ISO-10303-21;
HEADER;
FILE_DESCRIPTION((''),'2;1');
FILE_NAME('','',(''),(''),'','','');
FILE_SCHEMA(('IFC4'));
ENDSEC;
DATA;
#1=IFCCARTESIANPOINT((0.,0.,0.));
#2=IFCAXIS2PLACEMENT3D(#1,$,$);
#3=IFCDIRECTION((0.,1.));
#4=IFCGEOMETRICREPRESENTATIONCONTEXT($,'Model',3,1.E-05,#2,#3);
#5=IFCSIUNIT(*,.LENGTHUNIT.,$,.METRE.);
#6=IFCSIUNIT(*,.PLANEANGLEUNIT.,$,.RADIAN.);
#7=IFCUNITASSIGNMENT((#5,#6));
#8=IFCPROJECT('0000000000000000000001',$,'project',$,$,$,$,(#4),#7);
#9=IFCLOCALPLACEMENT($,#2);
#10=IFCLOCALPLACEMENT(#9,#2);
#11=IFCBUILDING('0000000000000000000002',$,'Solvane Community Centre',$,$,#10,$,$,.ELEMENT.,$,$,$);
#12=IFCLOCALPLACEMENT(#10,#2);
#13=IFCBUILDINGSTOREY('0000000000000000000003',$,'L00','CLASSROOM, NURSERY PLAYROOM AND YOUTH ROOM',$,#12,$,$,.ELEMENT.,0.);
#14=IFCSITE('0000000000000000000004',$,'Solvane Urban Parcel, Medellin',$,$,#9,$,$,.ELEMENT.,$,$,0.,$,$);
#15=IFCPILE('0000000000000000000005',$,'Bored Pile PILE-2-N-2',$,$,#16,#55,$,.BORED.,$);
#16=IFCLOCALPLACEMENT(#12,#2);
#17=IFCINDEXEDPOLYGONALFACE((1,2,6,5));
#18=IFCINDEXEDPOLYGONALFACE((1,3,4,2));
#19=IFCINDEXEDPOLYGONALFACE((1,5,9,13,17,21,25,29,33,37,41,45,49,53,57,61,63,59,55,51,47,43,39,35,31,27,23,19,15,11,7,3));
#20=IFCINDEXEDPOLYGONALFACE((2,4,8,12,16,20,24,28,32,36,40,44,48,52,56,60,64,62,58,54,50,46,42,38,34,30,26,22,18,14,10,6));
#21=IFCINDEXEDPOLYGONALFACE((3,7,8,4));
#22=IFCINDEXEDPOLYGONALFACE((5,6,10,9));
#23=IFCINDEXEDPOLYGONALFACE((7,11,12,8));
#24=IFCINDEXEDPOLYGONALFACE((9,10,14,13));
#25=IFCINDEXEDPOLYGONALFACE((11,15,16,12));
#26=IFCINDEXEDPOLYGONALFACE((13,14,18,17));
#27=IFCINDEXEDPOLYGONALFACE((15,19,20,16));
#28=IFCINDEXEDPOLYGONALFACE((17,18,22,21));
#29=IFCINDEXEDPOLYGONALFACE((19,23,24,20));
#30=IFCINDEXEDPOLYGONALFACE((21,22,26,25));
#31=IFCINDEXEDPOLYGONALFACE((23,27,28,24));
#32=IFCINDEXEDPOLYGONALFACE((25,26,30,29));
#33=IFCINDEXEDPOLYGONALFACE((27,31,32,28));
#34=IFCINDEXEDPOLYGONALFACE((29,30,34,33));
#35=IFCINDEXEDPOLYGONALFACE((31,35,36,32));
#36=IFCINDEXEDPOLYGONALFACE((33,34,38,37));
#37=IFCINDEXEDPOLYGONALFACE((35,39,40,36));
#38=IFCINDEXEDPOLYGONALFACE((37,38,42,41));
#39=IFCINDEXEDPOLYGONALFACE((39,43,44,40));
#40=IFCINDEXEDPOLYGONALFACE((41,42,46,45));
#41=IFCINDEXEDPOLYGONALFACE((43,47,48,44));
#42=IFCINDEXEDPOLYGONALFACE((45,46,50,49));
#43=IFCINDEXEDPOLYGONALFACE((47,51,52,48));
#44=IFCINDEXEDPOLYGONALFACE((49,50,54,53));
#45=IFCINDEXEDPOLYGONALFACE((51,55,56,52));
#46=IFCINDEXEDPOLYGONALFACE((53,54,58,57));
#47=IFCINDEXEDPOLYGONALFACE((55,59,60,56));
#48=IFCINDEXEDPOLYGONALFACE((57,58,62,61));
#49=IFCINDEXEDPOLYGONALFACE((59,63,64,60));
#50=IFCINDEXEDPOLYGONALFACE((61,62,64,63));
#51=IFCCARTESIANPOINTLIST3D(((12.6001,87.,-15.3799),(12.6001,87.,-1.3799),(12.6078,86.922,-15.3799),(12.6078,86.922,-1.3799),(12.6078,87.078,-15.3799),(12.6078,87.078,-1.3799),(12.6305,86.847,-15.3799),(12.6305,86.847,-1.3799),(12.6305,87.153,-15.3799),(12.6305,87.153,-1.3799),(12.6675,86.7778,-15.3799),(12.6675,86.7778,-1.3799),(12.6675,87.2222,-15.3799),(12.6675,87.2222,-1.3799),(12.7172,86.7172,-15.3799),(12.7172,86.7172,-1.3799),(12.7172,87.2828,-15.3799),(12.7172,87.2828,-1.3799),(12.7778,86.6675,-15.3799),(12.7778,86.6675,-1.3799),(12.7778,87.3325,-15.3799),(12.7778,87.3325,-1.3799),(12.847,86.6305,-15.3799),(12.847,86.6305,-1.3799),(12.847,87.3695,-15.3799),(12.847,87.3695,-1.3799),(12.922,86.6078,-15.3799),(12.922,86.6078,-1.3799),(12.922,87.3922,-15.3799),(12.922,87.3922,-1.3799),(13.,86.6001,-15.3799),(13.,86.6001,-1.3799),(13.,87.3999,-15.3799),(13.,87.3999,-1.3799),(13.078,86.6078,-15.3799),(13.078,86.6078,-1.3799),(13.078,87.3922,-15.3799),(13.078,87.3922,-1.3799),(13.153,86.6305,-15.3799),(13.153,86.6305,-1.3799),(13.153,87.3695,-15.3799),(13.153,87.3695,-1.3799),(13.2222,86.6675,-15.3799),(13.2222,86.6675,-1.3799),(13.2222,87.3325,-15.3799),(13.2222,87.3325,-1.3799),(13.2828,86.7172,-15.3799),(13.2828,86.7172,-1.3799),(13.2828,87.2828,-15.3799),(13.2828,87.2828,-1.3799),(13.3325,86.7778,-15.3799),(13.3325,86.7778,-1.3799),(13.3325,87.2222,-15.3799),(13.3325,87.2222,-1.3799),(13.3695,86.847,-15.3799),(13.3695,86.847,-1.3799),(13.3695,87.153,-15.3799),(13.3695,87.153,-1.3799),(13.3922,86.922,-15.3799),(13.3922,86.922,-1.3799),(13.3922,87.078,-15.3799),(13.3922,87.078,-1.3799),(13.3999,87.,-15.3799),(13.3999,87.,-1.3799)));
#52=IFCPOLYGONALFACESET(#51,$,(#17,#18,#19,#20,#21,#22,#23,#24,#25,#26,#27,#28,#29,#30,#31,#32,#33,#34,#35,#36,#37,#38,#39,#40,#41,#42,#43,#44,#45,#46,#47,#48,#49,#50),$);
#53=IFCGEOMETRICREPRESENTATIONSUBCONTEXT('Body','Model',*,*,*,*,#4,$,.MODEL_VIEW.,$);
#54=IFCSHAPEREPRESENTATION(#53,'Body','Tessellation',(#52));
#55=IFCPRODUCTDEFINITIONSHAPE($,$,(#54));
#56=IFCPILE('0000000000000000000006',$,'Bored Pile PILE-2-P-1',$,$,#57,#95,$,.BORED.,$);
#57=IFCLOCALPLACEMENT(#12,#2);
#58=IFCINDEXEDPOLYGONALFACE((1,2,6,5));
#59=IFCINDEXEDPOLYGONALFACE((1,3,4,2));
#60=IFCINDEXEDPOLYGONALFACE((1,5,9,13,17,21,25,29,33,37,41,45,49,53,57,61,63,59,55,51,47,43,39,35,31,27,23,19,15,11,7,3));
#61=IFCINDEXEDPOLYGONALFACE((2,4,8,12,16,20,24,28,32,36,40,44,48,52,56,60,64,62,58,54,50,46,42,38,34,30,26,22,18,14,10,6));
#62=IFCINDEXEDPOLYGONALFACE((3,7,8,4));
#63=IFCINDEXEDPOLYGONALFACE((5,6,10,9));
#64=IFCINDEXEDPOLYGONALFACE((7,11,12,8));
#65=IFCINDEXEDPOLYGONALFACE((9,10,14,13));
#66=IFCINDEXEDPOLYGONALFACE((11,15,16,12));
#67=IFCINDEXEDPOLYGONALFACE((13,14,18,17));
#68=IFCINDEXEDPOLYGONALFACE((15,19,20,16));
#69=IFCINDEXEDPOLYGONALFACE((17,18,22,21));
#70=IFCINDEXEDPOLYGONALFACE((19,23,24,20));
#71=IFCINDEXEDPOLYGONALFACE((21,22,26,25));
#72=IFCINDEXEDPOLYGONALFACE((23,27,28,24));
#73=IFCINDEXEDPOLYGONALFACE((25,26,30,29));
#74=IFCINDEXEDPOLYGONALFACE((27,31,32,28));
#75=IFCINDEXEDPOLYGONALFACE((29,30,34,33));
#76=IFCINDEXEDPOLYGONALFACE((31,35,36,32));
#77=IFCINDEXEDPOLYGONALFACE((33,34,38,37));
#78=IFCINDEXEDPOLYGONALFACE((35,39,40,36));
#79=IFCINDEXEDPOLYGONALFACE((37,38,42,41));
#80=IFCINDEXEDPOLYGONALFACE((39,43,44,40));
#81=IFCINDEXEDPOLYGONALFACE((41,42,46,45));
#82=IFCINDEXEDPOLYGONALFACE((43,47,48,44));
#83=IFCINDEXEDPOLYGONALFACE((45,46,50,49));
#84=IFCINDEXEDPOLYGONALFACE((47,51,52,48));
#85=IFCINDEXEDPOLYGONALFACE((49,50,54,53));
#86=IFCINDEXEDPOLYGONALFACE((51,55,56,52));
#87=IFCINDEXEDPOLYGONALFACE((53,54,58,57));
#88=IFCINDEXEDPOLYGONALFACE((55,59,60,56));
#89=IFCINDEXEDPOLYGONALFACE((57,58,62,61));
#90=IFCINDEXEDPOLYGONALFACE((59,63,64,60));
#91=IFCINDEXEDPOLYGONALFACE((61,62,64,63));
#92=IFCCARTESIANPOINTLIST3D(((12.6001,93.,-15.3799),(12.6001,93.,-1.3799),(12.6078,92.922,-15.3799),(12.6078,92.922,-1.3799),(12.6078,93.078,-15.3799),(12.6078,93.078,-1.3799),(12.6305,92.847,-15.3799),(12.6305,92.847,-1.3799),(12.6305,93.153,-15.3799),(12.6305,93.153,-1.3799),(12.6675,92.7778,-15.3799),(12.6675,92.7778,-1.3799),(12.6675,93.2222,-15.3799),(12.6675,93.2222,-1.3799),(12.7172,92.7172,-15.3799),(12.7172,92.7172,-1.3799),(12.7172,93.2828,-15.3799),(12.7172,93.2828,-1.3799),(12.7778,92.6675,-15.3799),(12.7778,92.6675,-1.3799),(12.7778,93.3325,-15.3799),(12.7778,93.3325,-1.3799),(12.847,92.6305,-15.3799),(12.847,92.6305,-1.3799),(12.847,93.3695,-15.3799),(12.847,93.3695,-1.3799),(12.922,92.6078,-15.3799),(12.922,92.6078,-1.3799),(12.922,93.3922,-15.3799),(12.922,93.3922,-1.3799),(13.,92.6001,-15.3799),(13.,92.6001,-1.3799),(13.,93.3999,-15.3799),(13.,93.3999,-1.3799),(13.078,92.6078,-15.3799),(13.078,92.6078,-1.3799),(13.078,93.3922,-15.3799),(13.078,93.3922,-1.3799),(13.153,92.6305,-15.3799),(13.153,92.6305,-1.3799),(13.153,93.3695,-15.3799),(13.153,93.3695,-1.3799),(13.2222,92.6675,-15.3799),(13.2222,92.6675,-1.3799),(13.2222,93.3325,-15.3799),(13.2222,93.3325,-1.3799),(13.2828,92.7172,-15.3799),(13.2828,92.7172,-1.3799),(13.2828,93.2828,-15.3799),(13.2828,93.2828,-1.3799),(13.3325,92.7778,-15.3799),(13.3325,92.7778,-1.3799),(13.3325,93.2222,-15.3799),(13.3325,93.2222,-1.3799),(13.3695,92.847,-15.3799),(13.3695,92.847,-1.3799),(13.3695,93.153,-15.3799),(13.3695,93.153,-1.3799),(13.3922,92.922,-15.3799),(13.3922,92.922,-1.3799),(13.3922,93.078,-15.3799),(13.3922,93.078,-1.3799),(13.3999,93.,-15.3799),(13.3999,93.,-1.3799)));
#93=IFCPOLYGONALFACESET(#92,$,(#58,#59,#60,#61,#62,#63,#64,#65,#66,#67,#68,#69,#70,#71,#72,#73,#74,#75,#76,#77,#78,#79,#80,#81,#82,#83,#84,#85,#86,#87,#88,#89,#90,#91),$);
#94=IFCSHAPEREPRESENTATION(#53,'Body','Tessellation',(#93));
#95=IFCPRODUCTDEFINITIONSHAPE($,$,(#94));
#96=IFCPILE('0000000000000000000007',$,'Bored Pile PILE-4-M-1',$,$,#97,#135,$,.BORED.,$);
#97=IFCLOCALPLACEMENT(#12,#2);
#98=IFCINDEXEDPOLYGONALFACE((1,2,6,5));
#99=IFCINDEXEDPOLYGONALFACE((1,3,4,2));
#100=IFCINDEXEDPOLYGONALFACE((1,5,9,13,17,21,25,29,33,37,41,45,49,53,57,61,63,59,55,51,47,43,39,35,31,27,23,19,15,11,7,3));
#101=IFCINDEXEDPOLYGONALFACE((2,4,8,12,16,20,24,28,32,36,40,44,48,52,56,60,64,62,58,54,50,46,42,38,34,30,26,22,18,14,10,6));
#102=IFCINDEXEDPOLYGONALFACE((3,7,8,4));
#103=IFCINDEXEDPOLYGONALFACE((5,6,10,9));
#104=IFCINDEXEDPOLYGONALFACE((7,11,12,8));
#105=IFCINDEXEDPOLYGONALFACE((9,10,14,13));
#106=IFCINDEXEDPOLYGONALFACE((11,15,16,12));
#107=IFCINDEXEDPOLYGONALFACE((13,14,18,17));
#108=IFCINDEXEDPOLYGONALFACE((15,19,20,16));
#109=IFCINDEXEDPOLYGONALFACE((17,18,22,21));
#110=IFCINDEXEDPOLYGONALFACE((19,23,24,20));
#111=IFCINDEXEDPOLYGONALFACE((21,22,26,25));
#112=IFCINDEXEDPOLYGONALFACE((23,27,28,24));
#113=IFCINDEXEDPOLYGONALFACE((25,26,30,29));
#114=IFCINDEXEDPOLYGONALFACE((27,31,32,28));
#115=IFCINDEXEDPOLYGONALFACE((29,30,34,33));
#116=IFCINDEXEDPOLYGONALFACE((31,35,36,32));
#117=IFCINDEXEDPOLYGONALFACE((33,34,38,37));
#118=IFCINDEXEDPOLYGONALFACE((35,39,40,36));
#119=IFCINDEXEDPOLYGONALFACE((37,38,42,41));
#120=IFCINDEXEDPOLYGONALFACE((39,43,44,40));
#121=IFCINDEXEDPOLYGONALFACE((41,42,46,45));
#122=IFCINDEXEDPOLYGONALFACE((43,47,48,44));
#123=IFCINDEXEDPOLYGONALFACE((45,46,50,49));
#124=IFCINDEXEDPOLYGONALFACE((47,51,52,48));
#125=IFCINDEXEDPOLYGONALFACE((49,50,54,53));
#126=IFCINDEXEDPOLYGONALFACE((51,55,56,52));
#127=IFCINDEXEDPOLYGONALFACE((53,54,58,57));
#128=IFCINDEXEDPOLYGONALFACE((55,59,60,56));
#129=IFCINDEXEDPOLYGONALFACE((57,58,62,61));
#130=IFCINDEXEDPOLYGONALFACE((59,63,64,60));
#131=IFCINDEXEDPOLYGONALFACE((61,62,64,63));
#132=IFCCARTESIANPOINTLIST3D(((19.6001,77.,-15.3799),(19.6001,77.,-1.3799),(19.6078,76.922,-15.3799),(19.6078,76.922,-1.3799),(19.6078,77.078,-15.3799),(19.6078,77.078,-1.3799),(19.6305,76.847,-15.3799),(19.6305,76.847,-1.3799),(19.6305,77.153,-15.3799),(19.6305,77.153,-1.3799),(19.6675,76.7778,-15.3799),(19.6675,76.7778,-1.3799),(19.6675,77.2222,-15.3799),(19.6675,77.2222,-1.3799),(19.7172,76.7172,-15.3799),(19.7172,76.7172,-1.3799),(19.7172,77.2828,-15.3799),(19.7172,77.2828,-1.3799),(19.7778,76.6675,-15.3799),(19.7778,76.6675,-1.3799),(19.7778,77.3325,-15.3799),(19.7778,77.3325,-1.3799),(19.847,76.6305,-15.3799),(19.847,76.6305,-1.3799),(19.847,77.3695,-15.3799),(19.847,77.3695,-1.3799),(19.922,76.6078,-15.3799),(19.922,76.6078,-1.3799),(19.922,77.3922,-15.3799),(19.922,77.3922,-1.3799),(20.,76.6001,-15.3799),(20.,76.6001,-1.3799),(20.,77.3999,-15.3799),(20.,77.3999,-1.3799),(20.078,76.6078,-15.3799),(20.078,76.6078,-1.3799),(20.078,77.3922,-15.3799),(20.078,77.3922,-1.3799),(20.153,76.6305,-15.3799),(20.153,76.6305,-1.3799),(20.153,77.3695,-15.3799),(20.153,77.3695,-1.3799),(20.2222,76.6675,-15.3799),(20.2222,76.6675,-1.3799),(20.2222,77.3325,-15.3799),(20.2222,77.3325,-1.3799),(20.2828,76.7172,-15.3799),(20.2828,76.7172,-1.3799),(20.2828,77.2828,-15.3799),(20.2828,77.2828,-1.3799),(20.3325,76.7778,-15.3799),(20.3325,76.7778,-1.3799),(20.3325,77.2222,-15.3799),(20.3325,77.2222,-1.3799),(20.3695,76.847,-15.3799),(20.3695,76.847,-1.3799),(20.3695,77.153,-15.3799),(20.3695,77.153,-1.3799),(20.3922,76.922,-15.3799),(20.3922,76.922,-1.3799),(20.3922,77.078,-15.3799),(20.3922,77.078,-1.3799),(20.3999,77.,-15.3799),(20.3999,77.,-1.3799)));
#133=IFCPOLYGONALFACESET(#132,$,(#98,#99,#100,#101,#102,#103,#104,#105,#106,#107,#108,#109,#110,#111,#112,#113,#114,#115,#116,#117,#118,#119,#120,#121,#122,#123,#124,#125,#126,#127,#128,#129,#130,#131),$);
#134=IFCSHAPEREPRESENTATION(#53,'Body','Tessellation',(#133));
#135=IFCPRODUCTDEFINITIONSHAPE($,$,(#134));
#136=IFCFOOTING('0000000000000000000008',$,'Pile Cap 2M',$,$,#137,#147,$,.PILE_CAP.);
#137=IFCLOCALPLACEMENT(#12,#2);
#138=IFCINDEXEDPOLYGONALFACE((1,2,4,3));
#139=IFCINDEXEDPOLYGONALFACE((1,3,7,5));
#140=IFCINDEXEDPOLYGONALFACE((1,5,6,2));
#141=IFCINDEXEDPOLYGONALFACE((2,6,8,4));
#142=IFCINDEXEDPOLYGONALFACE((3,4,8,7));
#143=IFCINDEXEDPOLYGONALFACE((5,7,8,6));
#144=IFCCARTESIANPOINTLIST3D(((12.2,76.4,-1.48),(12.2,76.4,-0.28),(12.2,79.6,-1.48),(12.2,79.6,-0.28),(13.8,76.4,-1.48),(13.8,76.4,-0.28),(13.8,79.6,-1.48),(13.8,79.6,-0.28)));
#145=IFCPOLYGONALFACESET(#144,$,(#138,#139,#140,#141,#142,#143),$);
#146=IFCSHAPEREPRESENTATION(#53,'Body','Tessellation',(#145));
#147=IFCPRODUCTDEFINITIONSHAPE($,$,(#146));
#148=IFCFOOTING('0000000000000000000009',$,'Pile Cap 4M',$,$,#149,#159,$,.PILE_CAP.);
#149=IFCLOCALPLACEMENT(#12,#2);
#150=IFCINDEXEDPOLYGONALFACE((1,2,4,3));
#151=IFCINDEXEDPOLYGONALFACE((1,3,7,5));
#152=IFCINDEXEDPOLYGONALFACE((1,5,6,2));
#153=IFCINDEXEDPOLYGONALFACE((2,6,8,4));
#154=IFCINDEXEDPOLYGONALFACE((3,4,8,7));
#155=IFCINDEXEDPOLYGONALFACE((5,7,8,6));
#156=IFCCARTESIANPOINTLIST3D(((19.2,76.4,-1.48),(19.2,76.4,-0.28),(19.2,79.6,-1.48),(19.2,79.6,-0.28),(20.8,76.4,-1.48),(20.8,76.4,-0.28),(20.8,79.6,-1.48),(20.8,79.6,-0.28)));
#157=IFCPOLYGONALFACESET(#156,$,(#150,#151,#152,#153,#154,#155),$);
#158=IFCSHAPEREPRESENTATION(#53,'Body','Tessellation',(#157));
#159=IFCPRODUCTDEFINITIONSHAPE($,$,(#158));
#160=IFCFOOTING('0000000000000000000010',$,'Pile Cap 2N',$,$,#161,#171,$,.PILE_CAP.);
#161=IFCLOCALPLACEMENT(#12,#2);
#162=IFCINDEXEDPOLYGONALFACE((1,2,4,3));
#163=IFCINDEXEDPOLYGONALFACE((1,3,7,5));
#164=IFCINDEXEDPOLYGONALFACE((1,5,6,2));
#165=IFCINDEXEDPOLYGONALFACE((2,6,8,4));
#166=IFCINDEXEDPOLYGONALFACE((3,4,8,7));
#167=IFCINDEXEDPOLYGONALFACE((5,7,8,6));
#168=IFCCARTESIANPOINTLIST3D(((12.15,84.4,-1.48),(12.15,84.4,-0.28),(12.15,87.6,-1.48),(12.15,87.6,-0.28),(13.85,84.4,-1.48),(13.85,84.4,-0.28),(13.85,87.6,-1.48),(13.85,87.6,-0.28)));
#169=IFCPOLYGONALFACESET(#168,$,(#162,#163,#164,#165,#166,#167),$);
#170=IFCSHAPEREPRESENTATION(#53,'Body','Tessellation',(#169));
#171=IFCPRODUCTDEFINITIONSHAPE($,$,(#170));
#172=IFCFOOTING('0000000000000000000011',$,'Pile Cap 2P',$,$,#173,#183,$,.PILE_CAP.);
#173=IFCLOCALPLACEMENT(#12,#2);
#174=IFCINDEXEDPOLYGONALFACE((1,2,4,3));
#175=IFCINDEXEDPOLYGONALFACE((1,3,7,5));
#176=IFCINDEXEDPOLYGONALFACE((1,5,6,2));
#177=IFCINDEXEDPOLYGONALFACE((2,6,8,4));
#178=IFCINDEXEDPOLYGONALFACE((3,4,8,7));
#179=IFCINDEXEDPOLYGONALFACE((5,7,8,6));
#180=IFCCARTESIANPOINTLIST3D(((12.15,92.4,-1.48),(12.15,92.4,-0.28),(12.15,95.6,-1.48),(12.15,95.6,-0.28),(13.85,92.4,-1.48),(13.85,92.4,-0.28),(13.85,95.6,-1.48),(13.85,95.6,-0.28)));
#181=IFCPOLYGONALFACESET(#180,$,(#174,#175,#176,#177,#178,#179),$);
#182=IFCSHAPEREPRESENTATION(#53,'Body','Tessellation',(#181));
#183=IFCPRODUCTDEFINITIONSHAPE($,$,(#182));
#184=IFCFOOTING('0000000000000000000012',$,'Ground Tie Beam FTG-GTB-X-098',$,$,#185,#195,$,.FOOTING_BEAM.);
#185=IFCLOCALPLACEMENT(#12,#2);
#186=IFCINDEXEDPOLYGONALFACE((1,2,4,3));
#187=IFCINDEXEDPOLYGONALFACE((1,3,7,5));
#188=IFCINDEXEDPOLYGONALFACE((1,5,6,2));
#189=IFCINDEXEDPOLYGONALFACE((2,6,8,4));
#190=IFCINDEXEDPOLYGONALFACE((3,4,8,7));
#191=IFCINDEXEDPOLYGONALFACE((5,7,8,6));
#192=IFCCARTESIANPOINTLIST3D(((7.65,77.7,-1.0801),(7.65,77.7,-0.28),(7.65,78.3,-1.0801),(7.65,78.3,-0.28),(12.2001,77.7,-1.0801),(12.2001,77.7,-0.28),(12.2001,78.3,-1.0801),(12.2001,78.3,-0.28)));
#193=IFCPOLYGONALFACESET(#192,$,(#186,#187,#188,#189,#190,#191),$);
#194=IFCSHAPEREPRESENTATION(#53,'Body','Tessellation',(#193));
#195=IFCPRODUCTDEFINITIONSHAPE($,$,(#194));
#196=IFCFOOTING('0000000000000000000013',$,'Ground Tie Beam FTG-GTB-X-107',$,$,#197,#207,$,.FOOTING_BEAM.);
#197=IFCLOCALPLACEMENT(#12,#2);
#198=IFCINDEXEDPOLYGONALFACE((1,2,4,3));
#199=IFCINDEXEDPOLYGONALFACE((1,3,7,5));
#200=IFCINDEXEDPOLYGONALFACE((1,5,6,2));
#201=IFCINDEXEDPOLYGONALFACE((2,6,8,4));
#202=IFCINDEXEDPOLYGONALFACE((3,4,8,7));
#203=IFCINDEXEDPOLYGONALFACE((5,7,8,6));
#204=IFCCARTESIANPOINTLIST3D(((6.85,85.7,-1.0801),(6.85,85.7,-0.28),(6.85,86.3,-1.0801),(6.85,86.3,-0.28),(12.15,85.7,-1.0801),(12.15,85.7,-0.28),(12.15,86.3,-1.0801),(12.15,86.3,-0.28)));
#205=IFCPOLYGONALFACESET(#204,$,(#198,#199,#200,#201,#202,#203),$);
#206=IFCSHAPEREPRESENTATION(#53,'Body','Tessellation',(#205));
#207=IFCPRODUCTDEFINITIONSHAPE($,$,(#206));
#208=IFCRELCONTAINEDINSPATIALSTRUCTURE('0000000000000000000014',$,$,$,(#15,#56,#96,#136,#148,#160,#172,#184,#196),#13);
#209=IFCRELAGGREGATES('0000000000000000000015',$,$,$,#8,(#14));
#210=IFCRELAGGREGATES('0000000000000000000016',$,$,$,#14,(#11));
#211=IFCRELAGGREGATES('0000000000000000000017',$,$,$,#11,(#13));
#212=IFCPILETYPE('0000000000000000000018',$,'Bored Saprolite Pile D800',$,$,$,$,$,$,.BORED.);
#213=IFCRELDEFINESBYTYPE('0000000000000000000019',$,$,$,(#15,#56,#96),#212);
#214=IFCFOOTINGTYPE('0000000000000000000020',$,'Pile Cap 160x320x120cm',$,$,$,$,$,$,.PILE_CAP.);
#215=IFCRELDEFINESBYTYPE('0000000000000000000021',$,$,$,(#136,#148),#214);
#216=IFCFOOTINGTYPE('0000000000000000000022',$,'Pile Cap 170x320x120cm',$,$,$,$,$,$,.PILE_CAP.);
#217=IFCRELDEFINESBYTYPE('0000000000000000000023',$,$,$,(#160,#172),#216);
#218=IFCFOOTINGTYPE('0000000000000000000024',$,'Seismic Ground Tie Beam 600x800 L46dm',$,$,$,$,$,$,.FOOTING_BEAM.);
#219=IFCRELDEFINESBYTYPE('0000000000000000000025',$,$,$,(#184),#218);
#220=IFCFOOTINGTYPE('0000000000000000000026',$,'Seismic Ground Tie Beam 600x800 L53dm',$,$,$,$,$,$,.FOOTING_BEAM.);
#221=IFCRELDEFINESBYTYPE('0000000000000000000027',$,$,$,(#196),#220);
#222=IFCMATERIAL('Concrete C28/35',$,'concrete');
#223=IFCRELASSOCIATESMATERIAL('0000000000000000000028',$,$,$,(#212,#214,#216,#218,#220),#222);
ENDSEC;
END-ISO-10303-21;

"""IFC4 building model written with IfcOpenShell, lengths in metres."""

from ifc_helpers import new_model, si_unit, direction, frame, origin, origin_2d, place, context, subcontext, project, spatial, rectangle, circle, extrude, material, material_profile, profile_set, type_object, element, save


model = new_model("IFC4")

# Units and contexts
model_context = context("Model", 3, precision=1e-05, world=origin(), true_north=direction((0.0, 1.0)))
body_context = subcontext(model_context, "Body", "Model", "MODEL_VIEW")
ifc_project = project(units=[si_unit("LENGTHUNIT", "METRE"), si_unit("PLANEANGLEUNIT", "RADIAN")], contexts=[model_context])

# Site, building, storey
site_placement = place(None, origin())
site = spatial("IfcSite", under=ifc_project, at=site_placement, Name="Solvane Urban Parcel, Medellin", CompositionType="ELEMENT", RefElevation=0.0)
building_placement = place(site_placement, origin())
building = spatial("IfcBuilding", under=site, at=building_placement, Name="Solvane Community Centre", CompositionType="ELEMENT")
storey_placement = place(building_placement, origin())
storey = spatial("IfcBuildingStorey", under=building, at=storey_placement, Name="L00", Description="CLASSROOM, NURSERY PLAYROOM AND YOUTH ROOM", CompositionType="ELEMENT", Elevation=0.0)

# Piles
ifc_material_1 = material(Name="Concrete C28/35", Category="concrete")
ifc_material_profile_1 = material_profile(ifc_material_1, circle(Radius=0.3999, at=origin_2d()), Name="PILE D800")
ifc_profile_set_1 = profile_set([ifc_material_profile_1], Name="Concrete C28/35")
pile_type = type_object("IfcPileType", Name="Bored Saprolite Pile D800", PredefinedType="BORED", material=ifc_profile_set_1)
for number, where, z_axis, x_axis, name in (
    (1, (13.0, 87.0, -1.3799), (0.0, 0.0, -1.0), (1.0, 0.0, 0.0), "Bored Pile PILE-2-N-2"),
    (2, (13.0, 93.0, -1.3799), (0.0, 0.0, -1.0), (1.0, 0.0, 0.0), "Bored Pile PILE-2-P-1"),
    (3, (20.0, 77.0, -1.3799), (0.0, 0.0, -1.0), (1.0, 0.0, 0.0), "Bored Pile PILE-4-M-1"),
):
    element("IfcPile", number, at=place(storey_placement, frame(where, z_axis=z_axis, x_axis=x_axis)), inside=storey, type_object=pile_type, Name=name, PredefinedType="BORED", context=body_context, shape_type="SweptSolid", body=[
        extrude(circle(Radius=0.3999, at=origin_2d()), origin(), (0.0, 0.0, 1.0), 14.0),
    ])

# Footings
footing_type_1 = type_object("IfcFootingType", Name="Pile Cap 160x320x120cm", PredefinedType="PILE_CAP", material=ifc_material_1)
for number, where, z_axis, x_axis, name in (
    (4, (13.0, 78.0, -1.48), (0.0, 0.0, 1.0), (1.0, 0.0, 0.0), "Pile Cap 2M"),
    (5, (20.0, 78.0, -1.48), (0.0, 0.0, 1.0), (1.0, 0.0, 0.0), "Pile Cap 4M"),
):
    element("IfcFooting", number, at=place(storey_placement, frame(where, z_axis=z_axis, x_axis=x_axis)), inside=storey, type_object=footing_type_1, Name=name, PredefinedType="PILE_CAP", context=body_context, shape_type="SweptSolid", body=[
        extrude(rectangle(XDim=1.6001, YDim=3.2, at=origin_2d()), origin(), (0.0, 0.0, 1.0), 1.2),
    ])
footing_type_2 = type_object("IfcFootingType", Name="Pile Cap 170x320x120cm", PredefinedType="PILE_CAP", material=ifc_material_1)
for number, where, z_axis, x_axis, name in (
    (6, (13.0, 86.0, -1.48), (0.0, 0.0, 1.0), (1.0, 0.0, 0.0), "Pile Cap 2N"),
    (7, (13.0, 94.0, -1.48), (0.0, 0.0, 1.0), (1.0, 0.0, 0.0), "Pile Cap 2P"),
):
    element("IfcFooting", number, at=place(storey_placement, frame(where, z_axis=z_axis, x_axis=x_axis)), inside=storey, type_object=footing_type_2, Name=name, PredefinedType="PILE_CAP", context=body_context, shape_type="SweptSolid", body=[
        extrude(rectangle(XDim=1.7, YDim=3.2, at=origin_2d()), origin(), (0.0, 0.0, 1.0), 1.2),
    ])
footing_type_3 = type_object("IfcFootingType", Name="Seismic Ground Tie Beam 600x800 L46dm", PredefinedType="FOOTING_BEAM", material=ifc_material_1)
footing_1_placement = place(storey_placement, frame((9.925, 78.0, -1.0801), z_axis=(0.0, 0.0, 1.0), x_axis=(1.0, 0.0, 0.0)))
element("IfcFooting", 8, at=footing_1_placement, inside=storey, type_object=footing_type_3, Name="Ground Tie Beam FTG-GTB-X-098", PredefinedType="FOOTING_BEAM", context=body_context, shape_type="SweptSolid", body=[
    extrude(rectangle(XDim=4.55, YDim=0.6001, at=origin_2d()), origin(), (0.0, 0.0, 1.0), 0.8),
])
footing_type_4 = type_object("IfcFootingType", Name="Seismic Ground Tie Beam 600x800 L53dm", PredefinedType="FOOTING_BEAM", material=ifc_material_1)
for number, where, z_axis, x_axis, name in (
    (9, (9.5, 86.0, -1.0801), (0.0, 0.0, 1.0), (1.0, 0.0, 0.0), "Ground Tie Beam FTG-GTB-X-107"),
):
    element("IfcFooting", number, at=place(storey_placement, frame(where, z_axis=z_axis, x_axis=x_axis)), inside=storey, type_object=footing_type_4, Name=name, PredefinedType="FOOTING_BEAM", context=body_context, shape_type="SweptSolid", body=[
        extrude(rectangle(XDim=5.3, YDim=0.6001, at=origin_2d()), origin(), (0.0, 0.0, 1.0), 0.8),
    ])

save(model, "model.ifc")
